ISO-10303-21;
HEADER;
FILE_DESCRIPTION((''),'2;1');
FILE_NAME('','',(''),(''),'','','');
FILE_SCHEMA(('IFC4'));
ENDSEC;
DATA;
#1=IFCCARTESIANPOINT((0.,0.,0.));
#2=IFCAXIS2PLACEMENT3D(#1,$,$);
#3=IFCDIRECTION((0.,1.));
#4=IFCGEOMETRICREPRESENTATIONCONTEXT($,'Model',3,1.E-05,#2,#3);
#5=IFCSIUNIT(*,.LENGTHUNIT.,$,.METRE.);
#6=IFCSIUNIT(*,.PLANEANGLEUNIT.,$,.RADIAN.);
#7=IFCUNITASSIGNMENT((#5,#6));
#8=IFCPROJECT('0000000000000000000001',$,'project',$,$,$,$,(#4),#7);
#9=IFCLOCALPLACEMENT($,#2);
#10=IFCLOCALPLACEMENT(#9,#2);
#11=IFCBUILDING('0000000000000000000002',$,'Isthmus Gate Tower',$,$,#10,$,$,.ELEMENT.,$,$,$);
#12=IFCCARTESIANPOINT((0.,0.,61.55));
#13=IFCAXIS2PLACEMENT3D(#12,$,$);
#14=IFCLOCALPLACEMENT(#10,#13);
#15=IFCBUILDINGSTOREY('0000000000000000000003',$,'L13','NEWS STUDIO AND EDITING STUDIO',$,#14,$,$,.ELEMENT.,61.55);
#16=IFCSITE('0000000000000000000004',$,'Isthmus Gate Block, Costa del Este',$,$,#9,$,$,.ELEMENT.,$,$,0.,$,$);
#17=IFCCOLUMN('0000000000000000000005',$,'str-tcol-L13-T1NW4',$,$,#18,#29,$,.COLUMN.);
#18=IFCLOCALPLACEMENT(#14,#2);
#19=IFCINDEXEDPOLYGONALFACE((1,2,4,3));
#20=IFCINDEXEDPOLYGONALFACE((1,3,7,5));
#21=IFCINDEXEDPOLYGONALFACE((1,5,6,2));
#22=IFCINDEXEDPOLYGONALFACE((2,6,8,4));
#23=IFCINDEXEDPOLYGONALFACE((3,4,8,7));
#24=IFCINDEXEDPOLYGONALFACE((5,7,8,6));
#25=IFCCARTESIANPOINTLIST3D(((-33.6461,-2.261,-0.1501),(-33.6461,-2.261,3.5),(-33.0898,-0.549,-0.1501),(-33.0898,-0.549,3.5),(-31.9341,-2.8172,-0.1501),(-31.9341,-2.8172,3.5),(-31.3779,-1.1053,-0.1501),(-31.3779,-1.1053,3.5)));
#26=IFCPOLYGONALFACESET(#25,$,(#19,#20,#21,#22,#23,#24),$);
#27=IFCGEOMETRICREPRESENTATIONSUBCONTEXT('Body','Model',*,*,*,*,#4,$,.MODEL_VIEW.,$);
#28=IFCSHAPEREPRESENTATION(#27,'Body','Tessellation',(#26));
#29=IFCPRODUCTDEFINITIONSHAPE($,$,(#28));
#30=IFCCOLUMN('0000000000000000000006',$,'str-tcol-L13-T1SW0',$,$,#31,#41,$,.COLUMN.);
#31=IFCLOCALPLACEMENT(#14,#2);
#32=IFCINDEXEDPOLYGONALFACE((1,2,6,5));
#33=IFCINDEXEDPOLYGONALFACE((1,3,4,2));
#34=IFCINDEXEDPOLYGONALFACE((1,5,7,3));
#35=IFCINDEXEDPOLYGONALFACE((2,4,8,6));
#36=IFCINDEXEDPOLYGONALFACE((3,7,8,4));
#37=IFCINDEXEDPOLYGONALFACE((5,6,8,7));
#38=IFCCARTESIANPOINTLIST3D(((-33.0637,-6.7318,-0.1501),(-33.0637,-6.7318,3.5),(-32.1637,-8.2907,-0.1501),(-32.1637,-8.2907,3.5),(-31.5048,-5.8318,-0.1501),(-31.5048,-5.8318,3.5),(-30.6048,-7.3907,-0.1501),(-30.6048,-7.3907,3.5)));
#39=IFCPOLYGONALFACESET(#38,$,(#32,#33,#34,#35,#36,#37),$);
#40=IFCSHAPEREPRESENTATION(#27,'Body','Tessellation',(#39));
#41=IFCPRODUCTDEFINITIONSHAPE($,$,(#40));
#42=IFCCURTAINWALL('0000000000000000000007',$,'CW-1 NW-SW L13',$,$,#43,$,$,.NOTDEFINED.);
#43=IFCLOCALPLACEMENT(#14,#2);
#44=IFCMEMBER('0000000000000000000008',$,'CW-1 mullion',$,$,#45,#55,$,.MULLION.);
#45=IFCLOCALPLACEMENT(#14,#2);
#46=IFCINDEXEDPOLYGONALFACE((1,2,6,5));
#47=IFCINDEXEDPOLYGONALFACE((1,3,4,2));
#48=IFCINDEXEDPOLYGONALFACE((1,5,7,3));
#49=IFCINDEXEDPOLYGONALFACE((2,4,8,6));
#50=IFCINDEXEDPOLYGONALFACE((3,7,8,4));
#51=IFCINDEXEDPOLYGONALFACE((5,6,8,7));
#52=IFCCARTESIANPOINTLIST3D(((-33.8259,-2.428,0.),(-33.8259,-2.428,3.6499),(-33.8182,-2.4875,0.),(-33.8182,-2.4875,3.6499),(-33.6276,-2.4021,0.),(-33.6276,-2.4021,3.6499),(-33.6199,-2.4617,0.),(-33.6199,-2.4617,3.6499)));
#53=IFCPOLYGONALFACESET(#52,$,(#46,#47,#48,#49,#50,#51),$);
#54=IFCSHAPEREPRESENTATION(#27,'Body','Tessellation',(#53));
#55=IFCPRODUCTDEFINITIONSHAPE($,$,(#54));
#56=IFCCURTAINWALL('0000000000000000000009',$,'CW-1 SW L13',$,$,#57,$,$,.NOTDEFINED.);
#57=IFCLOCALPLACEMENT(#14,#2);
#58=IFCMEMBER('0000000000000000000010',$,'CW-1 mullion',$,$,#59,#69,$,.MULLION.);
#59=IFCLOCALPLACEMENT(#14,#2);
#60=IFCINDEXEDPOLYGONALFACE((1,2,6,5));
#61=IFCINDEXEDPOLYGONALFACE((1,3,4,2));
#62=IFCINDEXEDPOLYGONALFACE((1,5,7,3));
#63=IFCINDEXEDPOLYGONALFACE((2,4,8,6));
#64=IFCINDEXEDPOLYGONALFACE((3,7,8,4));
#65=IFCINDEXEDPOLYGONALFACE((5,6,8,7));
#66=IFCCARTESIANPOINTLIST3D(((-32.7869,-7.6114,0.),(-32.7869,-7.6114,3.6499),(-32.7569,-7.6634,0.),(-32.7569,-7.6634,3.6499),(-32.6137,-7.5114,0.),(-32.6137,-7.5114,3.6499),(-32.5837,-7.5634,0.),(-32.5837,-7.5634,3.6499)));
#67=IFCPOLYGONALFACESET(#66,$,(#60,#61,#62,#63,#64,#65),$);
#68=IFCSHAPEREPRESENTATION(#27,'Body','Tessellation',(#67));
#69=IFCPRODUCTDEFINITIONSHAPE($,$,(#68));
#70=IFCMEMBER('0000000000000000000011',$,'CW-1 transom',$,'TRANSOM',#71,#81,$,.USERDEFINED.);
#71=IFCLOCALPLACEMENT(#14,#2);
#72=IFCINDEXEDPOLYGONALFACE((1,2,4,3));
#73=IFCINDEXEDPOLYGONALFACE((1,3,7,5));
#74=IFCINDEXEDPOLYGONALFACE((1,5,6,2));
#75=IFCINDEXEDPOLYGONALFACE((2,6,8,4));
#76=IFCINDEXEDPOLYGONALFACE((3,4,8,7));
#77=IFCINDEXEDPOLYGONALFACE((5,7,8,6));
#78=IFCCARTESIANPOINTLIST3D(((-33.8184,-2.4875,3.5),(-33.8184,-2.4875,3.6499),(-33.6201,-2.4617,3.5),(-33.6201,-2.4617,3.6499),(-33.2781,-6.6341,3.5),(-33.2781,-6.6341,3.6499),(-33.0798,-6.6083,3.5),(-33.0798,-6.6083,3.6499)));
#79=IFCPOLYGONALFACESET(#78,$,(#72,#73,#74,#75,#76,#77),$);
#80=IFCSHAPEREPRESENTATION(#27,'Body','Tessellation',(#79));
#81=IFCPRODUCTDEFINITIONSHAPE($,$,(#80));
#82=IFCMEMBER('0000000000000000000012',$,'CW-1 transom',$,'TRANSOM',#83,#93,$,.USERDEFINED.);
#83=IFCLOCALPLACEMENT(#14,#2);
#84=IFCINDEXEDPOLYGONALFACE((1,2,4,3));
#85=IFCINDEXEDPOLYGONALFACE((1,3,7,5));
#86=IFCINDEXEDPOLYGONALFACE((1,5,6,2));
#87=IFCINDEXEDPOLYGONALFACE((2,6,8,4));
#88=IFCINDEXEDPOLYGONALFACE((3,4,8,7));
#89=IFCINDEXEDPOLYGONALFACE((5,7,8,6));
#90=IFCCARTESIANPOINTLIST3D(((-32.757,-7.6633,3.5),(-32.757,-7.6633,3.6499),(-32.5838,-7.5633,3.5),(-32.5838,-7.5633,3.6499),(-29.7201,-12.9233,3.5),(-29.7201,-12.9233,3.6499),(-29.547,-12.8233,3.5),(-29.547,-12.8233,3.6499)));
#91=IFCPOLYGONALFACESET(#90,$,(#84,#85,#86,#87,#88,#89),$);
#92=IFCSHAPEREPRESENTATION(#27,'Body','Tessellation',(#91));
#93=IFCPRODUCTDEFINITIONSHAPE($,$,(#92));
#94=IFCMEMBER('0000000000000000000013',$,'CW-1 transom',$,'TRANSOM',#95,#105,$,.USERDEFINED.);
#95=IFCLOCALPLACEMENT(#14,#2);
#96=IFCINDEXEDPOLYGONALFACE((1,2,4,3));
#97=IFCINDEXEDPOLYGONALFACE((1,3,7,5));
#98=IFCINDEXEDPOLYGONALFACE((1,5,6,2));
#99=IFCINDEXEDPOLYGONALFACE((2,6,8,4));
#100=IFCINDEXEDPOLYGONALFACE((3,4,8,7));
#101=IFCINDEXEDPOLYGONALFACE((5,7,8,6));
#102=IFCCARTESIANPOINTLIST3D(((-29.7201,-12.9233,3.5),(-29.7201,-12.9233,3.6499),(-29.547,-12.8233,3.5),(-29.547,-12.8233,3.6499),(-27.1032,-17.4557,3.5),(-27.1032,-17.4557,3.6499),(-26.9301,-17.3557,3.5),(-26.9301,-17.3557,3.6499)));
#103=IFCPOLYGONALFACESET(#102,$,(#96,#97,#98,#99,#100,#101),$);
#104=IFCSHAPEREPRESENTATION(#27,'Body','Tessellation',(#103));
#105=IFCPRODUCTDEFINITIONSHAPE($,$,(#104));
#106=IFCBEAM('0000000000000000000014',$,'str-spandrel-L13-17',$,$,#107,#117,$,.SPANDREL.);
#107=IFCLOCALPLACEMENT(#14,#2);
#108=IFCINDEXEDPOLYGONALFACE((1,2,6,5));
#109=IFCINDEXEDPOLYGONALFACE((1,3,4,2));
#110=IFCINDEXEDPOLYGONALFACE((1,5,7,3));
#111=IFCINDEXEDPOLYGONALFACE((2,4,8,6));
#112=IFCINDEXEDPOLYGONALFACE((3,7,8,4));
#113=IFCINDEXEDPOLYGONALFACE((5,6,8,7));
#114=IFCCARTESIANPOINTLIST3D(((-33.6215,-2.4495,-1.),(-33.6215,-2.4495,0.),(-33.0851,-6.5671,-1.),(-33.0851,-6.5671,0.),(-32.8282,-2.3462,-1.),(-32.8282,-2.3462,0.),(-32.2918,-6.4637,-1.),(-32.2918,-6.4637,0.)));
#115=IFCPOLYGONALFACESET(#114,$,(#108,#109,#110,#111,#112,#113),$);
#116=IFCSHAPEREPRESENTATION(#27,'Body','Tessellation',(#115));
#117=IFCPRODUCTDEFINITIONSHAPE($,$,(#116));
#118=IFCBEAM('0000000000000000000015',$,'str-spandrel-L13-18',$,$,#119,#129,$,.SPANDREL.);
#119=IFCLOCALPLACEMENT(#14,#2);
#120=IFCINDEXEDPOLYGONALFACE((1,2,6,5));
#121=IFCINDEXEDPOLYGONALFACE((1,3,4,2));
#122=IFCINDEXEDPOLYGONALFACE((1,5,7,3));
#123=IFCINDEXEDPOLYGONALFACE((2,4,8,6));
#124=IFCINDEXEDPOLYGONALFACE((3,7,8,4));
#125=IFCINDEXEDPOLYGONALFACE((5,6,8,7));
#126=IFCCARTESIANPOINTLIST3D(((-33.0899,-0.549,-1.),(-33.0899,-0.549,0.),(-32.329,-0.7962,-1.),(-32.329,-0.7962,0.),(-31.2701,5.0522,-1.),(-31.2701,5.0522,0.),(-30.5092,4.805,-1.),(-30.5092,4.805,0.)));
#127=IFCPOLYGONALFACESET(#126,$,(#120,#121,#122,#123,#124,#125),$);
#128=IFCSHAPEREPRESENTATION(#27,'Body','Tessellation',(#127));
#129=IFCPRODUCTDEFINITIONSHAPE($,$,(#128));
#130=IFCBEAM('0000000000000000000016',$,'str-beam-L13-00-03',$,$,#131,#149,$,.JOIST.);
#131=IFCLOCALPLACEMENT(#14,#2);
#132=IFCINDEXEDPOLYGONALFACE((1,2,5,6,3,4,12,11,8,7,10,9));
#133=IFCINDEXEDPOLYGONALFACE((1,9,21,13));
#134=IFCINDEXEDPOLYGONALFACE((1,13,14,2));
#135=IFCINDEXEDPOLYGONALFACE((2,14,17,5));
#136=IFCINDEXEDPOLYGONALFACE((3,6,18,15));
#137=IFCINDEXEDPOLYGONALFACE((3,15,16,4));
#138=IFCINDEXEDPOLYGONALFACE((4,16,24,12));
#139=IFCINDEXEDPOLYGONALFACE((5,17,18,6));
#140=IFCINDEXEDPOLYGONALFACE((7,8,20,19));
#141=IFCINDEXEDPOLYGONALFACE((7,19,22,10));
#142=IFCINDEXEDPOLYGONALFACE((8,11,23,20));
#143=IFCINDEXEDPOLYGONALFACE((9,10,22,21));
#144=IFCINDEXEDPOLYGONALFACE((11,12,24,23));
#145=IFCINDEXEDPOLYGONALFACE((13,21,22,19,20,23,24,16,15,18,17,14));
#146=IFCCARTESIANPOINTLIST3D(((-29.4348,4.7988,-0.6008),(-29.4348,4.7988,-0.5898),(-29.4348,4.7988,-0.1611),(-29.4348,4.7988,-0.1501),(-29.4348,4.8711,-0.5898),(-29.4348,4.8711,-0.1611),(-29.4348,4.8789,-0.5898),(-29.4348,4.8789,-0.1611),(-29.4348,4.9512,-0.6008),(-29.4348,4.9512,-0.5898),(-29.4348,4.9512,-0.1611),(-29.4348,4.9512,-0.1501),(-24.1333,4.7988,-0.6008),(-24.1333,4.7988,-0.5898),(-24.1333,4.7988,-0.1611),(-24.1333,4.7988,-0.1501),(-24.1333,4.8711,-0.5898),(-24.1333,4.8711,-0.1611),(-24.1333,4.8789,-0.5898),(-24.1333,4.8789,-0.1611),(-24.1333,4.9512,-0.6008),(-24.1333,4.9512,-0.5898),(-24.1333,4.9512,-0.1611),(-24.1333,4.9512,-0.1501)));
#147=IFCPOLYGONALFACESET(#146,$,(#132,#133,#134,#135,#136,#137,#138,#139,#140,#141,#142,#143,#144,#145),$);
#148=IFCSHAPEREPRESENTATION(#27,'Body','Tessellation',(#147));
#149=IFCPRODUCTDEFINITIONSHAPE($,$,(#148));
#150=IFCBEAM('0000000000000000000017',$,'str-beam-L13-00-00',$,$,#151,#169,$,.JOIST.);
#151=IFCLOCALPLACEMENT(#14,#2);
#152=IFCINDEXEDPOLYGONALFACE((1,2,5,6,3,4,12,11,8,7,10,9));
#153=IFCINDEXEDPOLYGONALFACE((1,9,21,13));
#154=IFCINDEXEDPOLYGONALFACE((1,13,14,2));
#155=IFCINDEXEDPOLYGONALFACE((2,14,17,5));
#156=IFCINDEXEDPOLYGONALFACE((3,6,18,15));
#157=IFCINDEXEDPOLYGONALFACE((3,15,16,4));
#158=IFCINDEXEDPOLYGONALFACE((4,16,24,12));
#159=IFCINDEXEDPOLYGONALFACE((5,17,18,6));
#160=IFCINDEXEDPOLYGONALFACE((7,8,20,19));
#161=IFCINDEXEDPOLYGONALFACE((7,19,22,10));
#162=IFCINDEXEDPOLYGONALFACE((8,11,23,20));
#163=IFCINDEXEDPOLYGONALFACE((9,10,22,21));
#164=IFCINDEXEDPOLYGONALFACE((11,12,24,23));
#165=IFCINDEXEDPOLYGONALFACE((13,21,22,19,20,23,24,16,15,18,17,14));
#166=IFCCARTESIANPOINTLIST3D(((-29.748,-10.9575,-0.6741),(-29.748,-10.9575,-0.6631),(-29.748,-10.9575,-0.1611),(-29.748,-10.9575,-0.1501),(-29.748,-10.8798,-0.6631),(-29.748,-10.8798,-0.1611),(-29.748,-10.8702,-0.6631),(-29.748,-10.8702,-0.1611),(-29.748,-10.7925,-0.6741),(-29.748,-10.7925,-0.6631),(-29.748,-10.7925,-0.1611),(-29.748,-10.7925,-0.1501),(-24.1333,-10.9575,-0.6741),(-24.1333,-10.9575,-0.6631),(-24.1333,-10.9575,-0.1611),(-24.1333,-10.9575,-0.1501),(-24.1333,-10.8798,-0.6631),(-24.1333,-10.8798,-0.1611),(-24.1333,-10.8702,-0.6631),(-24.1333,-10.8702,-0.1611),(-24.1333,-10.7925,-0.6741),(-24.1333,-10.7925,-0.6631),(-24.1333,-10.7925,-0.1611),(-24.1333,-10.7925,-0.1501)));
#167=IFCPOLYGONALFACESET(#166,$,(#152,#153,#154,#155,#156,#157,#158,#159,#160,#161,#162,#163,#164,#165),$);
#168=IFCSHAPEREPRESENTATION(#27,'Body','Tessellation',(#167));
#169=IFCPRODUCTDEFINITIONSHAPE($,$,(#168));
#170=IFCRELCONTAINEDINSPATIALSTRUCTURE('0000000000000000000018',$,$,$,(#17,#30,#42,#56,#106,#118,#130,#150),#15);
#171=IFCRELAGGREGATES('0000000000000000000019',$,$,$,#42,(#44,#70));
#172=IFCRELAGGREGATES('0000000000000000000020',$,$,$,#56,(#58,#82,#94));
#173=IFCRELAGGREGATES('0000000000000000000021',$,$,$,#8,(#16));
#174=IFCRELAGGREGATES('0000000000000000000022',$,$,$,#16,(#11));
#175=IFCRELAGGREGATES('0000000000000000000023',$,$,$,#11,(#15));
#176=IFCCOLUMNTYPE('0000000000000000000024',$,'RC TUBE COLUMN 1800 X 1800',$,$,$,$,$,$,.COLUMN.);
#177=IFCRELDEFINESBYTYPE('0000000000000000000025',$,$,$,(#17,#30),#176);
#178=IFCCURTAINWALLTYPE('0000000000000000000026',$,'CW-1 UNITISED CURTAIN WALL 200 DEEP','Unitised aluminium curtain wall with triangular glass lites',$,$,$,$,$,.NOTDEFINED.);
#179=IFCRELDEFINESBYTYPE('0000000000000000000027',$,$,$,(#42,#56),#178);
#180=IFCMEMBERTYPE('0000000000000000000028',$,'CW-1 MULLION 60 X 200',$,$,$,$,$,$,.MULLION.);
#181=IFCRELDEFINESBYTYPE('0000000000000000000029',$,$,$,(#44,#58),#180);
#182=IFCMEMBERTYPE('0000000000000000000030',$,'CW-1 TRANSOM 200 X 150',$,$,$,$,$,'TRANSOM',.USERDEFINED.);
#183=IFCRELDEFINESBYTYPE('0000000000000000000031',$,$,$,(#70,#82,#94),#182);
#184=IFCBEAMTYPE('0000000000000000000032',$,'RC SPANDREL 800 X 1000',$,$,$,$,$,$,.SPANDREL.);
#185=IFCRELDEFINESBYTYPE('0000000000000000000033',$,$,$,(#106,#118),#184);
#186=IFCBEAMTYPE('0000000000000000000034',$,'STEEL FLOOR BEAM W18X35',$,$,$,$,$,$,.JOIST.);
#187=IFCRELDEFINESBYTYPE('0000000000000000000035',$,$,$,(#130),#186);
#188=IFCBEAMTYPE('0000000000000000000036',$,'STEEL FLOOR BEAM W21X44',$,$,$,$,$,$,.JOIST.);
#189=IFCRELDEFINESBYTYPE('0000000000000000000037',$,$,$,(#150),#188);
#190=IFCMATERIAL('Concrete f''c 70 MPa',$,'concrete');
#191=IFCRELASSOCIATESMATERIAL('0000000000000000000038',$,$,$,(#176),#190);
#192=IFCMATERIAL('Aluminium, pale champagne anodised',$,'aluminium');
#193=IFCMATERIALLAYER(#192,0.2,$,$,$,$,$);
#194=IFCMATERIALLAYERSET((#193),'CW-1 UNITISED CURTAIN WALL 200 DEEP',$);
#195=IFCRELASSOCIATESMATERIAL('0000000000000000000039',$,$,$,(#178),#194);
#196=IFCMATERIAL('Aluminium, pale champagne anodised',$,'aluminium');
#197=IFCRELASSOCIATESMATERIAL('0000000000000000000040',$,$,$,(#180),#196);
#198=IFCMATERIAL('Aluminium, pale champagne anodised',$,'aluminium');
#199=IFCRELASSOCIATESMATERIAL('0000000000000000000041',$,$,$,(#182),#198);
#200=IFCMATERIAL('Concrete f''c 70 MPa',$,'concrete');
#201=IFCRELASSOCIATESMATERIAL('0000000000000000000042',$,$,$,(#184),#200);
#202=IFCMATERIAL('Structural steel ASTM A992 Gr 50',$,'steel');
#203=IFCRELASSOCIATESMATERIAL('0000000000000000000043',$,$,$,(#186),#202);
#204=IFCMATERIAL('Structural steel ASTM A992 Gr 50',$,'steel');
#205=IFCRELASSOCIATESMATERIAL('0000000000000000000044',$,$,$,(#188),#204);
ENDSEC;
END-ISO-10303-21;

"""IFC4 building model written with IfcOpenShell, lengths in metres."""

from ifc_helpers import new_model, si_unit, direction, frame, origin, origin_2d, place, context, subcontext, project, spatial, rectangle, i_section, extrude, material, layer, layer_set, material_profile, profile_set, type_object, element, aggregate, save


model = new_model("IFC4")

# Units and contexts
model_context = context("Model", 3, precision=1e-05, world=origin(), true_north=direction((0.0, 1.0)))
body_context = subcontext(model_context, "Body", "Model", "MODEL_VIEW")
ifc_project = project(units=[si_unit("LENGTHUNIT", "METRE"), si_unit("PLANEANGLEUNIT", "RADIAN")], contexts=[model_context])

# Site, building, storey
site_placement = place(None, origin())
site = spatial("IfcSite", under=ifc_project, at=site_placement, Name="Isthmus Gate Block, Costa del Este", CompositionType="ELEMENT", RefElevation=0.0)
building_placement = place(site_placement, origin())
building = spatial("IfcBuilding", under=site, at=building_placement, Name="Isthmus Gate Tower", CompositionType="ELEMENT")
storey_placement = place(building_placement, frame((0.0, 0.0, 61.55)))
storey = spatial("IfcBuildingStorey", under=building, at=storey_placement, Name="L13", Description="NEWS STUDIO AND EDITING STUDIO", CompositionType="ELEMENT", Elevation=61.55)

# Columns
ifc_material_1 = material(Name="Concrete f'c 70 MPa", Category="concrete")
ifc_material_profile_1 = material_profile(ifc_material_1, rectangle(XDim=1.8, YDim=1.8, at=origin_2d()), Name="RC 1800X1800")
ifc_profile_set_1 = profile_set([ifc_material_profile_1], Name="Concrete f'c 70 MPa")
column_type = type_object("IfcColumnType", Name="RC TUBE COLUMN 1800 X 1800", PredefinedType="COLUMN", material=ifc_profile_set_1)
for number, where, z_axis, x_axis, name in (
    (1, (-32.512, -1.6831, -0.1501), (0.0, 0.0, 1.0), (-0.309017, -0.951057, 0.0), "str-tcol-L13-T1NW4"),
    (2, (-31.8342, -7.0613, -0.1501), (0.0, 0.0, 1.0), (0.5, -0.866025, 0.0), "str-tcol-L13-T1SW0"),
):
    element("IfcColumn", number, at=place(storey_placement, frame(where, z_axis=z_axis, x_axis=x_axis)), inside=storey, type_object=column_type, Name=name, PredefinedType="COLUMN", context=body_context, shape_type="SweptSolid", body=[
        extrude(rectangle(XDim=1.8, YDim=1.8, at=origin_2d()), origin(), (0.0, 0.0, 1.0), 3.6501),
    ])

# Curtain walls, members
ifc_material_2 = material(Name="Aluminium, pale champagne anodised", Category="aluminium")
ifc_layer_1 = layer(ifc_material_2, 0.2)
ifc_layer_set_1 = layer_set([ifc_layer_1], Name="CW-1 UNITISED CURTAIN WALL 200 DEEP")
curtain_wall_type = type_object("IfcCurtainWallType", Name="CW-1 UNITISED CURTAIN WALL 200 DEEP", Description="Unitised aluminium curtain wall with triangular glass lites", PredefinedType="NOTDEFINED", material=ifc_layer_set_1)
curtain_wall_1_placement = place(storey_placement, origin())
curtain_wall_1 = element("IfcCurtainWall", 3, at=curtain_wall_1_placement, inside=storey, type_object=curtain_wall_type, Name="CW-1 NW-SW L13", PredefinedType="NOTDEFINED")
ifc_material_3 = material(Name="Aluminium, pale champagne anodised", Category="aluminium")
ifc_material_profile_2 = material_profile(ifc_material_3, rectangle(XDim=0.0601, YDim=0.2, at=origin_2d()), Name="60x200")
ifc_profile_set_2 = profile_set([ifc_material_profile_2], Name="Aluminium, pale champagne anodised")
member_type_1 = type_object("IfcMemberType", Name="CW-1 MULLION 60 X 200", PredefinedType="MULLION", material=ifc_profile_set_2)
member_1_placement = place(storey_placement, frame((-33.7229, -2.4448, 0.0), z_axis=(0.0, 0.0, 1.0), x_axis=(0.129165, -0.991623, 0.0)))
member_1 = element("IfcMember", 4, at=member_1_placement, type_object=member_type_1, Name="CW-1 mullion", PredefinedType="MULLION", context=body_context, shape_type="SweptSolid", body=[
    extrude(rectangle(XDim=0.0601, YDim=0.2, at=origin_2d()), origin(), (0.0, 0.0, 1.0), 3.6499),
])
curtain_wall_2_placement = place(storey_placement, origin())
curtain_wall_2 = element("IfcCurtainWall", 5, at=curtain_wall_2_placement, inside=storey, type_object=curtain_wall_type, Name="CW-1 SW L13", PredefinedType="NOTDEFINED")
member_2_placement = place(storey_placement, frame((-32.6853, -7.5874, 0.0), z_axis=(0.0, 0.0, 1.0), x_axis=(0.5, -0.866025, 0.0)))
member_2 = element("IfcMember", 6, at=member_2_placement, type_object=member_type_1, Name="CW-1 mullion", PredefinedType="MULLION", context=body_context, shape_type="SweptSolid", body=[
    extrude(rectangle(XDim=0.0601, YDim=0.2, at=origin_2d()), origin(), (0.0, 0.0, 1.0), 3.6499),
])

# Members
ifc_material_4 = material(Name="Aluminium, pale champagne anodised", Category="aluminium")
ifc_material_profile_3 = material_profile(ifc_material_4, rectangle(XDim=0.2, YDim=0.1499, at=origin_2d()), Name="200x150")
ifc_profile_set_3 = profile_set([ifc_material_profile_3], Name="Aluminium, pale champagne anodised")
member_type_2 = type_object("IfcMemberType", Name="CW-1 TRANSOM 200 X 150", ElementType="TRANSOM", PredefinedType="USERDEFINED", material=ifc_profile_set_3)
member_3_placement = place(storey_placement, frame((-33.7192, -2.4746, 3.575), z_axis=(0.129207, -0.991618, 0.0), x_axis=(0.991618, 0.129207, 0.0)))
member_3 = element("IfcMember", 7, at=member_3_placement, type_object=member_type_2, Name="CW-1 transom", ObjectType="TRANSOM", PredefinedType="USERDEFINED", context=body_context, shape_type="SweptSolid", body=[
    extrude(rectangle(XDim=0.2, YDim=0.1499, at=origin_2d()), origin(), (0.0, 0.0, 1.0), 4.1816),
])
member_4_placement = place(storey_placement, frame((-32.6704, -7.6133, 3.575), z_axis=(0.5, -0.866026, 0.0), x_axis=(0.866026, 0.5, 0.0)))
member_4 = element("IfcMember", 8, at=member_4_placement, type_object=member_type_2, Name="CW-1 transom", ObjectType="TRANSOM", PredefinedType="USERDEFINED", context=body_context, shape_type="SweptSolid", body=[
    extrude(rectangle(XDim=0.2, YDim=0.1499, at=origin_2d()), origin(), (0.0, 0.0, 1.0), 6.0737),
])
member_5_placement = place(storey_placement, frame((-29.6335, -12.8733, 3.575), z_axis=(0.500017, -0.866015, 0.0), x_axis=(0.866015, 0.500017, 0.0)))
member_5 = element("IfcMember", 9, at=member_5_placement, type_object=member_type_2, Name="CW-1 transom", ObjectType="TRANSOM", PredefinedType="USERDEFINED", context=body_context, shape_type="SweptSolid", body=[
    extrude(rectangle(XDim=0.2, YDim=0.1499, at=origin_2d()), origin(), (0.0, 0.0, 1.0), 5.2336),
])

# Beams
ifc_material_5 = material(Name="Concrete f'c 70 MPa", Category="concrete")
ifc_material_profile_4 = material_profile(ifc_material_5, rectangle(XDim=0.8, YDim=1.0, at=origin_2d()), Name="RC 800X1000")
ifc_profile_set_4 = profile_set([ifc_material_profile_4], Name="Concrete f'c 70 MPa")
beam_type_1 = type_object("IfcBeamType", Name="RC SPANDREL 800 X 1000", PredefinedType="SPANDREL", material=ifc_profile_set_4)
beam_1_placement = place(storey_placement, frame((-32.6885, -6.5154, -0.5), z_axis=(-0.129171, 0.991622, 0.0), x_axis=(-0.991622, -0.129171, 0.0)))
element("IfcBeam", 10, at=beam_1_placement, inside=storey, type_object=beam_type_1, Name="str-spandrel-L13-17", PredefinedType="SPANDREL", context=body_context, shape_type="SweptSolid", body=[
    extrude(rectangle(XDim=0.8, YDim=1.0, at=origin_2d()), origin(), (0.0, 0.0, 1.0), 4.1523),
])
beam_2_placement = place(storey_placement, frame((-32.7095, -0.6726, -0.5), z_axis=(0.309005, 0.95106, 0.0), x_axis=(-0.95106, 0.309005, 0.0)))
element("IfcBeam", 11, at=beam_2_placement, inside=storey, type_object=beam_type_1, Name="str-spandrel-L13-18", PredefinedType="SPANDREL", context=body_context, shape_type="SweptSolid", body=[
    extrude(rectangle(XDim=0.8, YDim=1.0, at=origin_2d()), origin(), (0.0, 0.0, 1.0), 5.8894),
])
ifc_material_6 = material(Name="Structural steel ASTM A992 Gr 50", Category="steel")
ifc_material_profile_5 = material_profile(ifc_material_6, i_section(OverallWidth=0.1523, OverallDepth=0.4507, WebThickness=0.0078, FlangeThickness=0.011, at=origin_2d()), Name="W18X35")
ifc_profile_set_5 = profile_set([ifc_material_profile_5], Name="Structural steel ASTM A992 Gr 50")
beam_type_2 = type_object("IfcBeamType", Name="STEEL FLOOR BEAM W18X35", PredefinedType="JOIST", material=ifc_profile_set_5)
beam_3_placement = place(storey_placement, frame((-29.4348, 4.875, -0.3755), z_axis=(1.0, 0.0, 0.0), x_axis=(0.0, 1.0, 0.0)))
element("IfcBeam", 12, at=beam_3_placement, inside=storey, type_object=beam_type_2, Name="str-beam-L13-00-03", PredefinedType="JOIST", context=body_context, shape_type="SweptSolid", body=[
    extrude(i_section(OverallWidth=0.1523, OverallDepth=0.4507, WebThickness=0.0078, FlangeThickness=0.011, at=origin_2d()), origin(), (0.0, 0.0, 1.0), 5.3015),
])
ifc_material_7 = material(Name="Structural steel ASTM A992 Gr 50", Category="steel")
ifc_material_profile_6 = material_profile(ifc_material_7, i_section(OverallWidth=0.165, OverallDepth=0.5239, WebThickness=0.0095, FlangeThickness=0.011, at=origin_2d()), Name="W21X44")
ifc_profile_set_6 = profile_set([ifc_material_profile_6], Name="Structural steel ASTM A992 Gr 50")
beam_type_3 = type_object("IfcBeamType", Name="STEEL FLOOR BEAM W21X44", PredefinedType="JOIST", material=ifc_profile_set_6)
beam_4_placement = place(storey_placement, frame((-29.748, -10.875, -0.4121), z_axis=(1.0, 0.0, 0.0), x_axis=(0.0, 1.0, 0.0)))
element("IfcBeam", 13, at=beam_4_placement, inside=storey, type_object=beam_type_3, Name="str-beam-L13-00-00", PredefinedType="JOIST", context=body_context, shape_type="SweptSolid", body=[
    extrude(i_section(OverallWidth=0.165, OverallDepth=0.5239, WebThickness=0.0095, FlangeThickness=0.011, at=origin_2d()), origin(), (0.0, 0.0, 1.0), 5.6147),
])

aggregate(curtain_wall_1, [member_1, member_3])
aggregate(curtain_wall_2, [member_2, member_4, member_5])

save(model, "model.ifc")
